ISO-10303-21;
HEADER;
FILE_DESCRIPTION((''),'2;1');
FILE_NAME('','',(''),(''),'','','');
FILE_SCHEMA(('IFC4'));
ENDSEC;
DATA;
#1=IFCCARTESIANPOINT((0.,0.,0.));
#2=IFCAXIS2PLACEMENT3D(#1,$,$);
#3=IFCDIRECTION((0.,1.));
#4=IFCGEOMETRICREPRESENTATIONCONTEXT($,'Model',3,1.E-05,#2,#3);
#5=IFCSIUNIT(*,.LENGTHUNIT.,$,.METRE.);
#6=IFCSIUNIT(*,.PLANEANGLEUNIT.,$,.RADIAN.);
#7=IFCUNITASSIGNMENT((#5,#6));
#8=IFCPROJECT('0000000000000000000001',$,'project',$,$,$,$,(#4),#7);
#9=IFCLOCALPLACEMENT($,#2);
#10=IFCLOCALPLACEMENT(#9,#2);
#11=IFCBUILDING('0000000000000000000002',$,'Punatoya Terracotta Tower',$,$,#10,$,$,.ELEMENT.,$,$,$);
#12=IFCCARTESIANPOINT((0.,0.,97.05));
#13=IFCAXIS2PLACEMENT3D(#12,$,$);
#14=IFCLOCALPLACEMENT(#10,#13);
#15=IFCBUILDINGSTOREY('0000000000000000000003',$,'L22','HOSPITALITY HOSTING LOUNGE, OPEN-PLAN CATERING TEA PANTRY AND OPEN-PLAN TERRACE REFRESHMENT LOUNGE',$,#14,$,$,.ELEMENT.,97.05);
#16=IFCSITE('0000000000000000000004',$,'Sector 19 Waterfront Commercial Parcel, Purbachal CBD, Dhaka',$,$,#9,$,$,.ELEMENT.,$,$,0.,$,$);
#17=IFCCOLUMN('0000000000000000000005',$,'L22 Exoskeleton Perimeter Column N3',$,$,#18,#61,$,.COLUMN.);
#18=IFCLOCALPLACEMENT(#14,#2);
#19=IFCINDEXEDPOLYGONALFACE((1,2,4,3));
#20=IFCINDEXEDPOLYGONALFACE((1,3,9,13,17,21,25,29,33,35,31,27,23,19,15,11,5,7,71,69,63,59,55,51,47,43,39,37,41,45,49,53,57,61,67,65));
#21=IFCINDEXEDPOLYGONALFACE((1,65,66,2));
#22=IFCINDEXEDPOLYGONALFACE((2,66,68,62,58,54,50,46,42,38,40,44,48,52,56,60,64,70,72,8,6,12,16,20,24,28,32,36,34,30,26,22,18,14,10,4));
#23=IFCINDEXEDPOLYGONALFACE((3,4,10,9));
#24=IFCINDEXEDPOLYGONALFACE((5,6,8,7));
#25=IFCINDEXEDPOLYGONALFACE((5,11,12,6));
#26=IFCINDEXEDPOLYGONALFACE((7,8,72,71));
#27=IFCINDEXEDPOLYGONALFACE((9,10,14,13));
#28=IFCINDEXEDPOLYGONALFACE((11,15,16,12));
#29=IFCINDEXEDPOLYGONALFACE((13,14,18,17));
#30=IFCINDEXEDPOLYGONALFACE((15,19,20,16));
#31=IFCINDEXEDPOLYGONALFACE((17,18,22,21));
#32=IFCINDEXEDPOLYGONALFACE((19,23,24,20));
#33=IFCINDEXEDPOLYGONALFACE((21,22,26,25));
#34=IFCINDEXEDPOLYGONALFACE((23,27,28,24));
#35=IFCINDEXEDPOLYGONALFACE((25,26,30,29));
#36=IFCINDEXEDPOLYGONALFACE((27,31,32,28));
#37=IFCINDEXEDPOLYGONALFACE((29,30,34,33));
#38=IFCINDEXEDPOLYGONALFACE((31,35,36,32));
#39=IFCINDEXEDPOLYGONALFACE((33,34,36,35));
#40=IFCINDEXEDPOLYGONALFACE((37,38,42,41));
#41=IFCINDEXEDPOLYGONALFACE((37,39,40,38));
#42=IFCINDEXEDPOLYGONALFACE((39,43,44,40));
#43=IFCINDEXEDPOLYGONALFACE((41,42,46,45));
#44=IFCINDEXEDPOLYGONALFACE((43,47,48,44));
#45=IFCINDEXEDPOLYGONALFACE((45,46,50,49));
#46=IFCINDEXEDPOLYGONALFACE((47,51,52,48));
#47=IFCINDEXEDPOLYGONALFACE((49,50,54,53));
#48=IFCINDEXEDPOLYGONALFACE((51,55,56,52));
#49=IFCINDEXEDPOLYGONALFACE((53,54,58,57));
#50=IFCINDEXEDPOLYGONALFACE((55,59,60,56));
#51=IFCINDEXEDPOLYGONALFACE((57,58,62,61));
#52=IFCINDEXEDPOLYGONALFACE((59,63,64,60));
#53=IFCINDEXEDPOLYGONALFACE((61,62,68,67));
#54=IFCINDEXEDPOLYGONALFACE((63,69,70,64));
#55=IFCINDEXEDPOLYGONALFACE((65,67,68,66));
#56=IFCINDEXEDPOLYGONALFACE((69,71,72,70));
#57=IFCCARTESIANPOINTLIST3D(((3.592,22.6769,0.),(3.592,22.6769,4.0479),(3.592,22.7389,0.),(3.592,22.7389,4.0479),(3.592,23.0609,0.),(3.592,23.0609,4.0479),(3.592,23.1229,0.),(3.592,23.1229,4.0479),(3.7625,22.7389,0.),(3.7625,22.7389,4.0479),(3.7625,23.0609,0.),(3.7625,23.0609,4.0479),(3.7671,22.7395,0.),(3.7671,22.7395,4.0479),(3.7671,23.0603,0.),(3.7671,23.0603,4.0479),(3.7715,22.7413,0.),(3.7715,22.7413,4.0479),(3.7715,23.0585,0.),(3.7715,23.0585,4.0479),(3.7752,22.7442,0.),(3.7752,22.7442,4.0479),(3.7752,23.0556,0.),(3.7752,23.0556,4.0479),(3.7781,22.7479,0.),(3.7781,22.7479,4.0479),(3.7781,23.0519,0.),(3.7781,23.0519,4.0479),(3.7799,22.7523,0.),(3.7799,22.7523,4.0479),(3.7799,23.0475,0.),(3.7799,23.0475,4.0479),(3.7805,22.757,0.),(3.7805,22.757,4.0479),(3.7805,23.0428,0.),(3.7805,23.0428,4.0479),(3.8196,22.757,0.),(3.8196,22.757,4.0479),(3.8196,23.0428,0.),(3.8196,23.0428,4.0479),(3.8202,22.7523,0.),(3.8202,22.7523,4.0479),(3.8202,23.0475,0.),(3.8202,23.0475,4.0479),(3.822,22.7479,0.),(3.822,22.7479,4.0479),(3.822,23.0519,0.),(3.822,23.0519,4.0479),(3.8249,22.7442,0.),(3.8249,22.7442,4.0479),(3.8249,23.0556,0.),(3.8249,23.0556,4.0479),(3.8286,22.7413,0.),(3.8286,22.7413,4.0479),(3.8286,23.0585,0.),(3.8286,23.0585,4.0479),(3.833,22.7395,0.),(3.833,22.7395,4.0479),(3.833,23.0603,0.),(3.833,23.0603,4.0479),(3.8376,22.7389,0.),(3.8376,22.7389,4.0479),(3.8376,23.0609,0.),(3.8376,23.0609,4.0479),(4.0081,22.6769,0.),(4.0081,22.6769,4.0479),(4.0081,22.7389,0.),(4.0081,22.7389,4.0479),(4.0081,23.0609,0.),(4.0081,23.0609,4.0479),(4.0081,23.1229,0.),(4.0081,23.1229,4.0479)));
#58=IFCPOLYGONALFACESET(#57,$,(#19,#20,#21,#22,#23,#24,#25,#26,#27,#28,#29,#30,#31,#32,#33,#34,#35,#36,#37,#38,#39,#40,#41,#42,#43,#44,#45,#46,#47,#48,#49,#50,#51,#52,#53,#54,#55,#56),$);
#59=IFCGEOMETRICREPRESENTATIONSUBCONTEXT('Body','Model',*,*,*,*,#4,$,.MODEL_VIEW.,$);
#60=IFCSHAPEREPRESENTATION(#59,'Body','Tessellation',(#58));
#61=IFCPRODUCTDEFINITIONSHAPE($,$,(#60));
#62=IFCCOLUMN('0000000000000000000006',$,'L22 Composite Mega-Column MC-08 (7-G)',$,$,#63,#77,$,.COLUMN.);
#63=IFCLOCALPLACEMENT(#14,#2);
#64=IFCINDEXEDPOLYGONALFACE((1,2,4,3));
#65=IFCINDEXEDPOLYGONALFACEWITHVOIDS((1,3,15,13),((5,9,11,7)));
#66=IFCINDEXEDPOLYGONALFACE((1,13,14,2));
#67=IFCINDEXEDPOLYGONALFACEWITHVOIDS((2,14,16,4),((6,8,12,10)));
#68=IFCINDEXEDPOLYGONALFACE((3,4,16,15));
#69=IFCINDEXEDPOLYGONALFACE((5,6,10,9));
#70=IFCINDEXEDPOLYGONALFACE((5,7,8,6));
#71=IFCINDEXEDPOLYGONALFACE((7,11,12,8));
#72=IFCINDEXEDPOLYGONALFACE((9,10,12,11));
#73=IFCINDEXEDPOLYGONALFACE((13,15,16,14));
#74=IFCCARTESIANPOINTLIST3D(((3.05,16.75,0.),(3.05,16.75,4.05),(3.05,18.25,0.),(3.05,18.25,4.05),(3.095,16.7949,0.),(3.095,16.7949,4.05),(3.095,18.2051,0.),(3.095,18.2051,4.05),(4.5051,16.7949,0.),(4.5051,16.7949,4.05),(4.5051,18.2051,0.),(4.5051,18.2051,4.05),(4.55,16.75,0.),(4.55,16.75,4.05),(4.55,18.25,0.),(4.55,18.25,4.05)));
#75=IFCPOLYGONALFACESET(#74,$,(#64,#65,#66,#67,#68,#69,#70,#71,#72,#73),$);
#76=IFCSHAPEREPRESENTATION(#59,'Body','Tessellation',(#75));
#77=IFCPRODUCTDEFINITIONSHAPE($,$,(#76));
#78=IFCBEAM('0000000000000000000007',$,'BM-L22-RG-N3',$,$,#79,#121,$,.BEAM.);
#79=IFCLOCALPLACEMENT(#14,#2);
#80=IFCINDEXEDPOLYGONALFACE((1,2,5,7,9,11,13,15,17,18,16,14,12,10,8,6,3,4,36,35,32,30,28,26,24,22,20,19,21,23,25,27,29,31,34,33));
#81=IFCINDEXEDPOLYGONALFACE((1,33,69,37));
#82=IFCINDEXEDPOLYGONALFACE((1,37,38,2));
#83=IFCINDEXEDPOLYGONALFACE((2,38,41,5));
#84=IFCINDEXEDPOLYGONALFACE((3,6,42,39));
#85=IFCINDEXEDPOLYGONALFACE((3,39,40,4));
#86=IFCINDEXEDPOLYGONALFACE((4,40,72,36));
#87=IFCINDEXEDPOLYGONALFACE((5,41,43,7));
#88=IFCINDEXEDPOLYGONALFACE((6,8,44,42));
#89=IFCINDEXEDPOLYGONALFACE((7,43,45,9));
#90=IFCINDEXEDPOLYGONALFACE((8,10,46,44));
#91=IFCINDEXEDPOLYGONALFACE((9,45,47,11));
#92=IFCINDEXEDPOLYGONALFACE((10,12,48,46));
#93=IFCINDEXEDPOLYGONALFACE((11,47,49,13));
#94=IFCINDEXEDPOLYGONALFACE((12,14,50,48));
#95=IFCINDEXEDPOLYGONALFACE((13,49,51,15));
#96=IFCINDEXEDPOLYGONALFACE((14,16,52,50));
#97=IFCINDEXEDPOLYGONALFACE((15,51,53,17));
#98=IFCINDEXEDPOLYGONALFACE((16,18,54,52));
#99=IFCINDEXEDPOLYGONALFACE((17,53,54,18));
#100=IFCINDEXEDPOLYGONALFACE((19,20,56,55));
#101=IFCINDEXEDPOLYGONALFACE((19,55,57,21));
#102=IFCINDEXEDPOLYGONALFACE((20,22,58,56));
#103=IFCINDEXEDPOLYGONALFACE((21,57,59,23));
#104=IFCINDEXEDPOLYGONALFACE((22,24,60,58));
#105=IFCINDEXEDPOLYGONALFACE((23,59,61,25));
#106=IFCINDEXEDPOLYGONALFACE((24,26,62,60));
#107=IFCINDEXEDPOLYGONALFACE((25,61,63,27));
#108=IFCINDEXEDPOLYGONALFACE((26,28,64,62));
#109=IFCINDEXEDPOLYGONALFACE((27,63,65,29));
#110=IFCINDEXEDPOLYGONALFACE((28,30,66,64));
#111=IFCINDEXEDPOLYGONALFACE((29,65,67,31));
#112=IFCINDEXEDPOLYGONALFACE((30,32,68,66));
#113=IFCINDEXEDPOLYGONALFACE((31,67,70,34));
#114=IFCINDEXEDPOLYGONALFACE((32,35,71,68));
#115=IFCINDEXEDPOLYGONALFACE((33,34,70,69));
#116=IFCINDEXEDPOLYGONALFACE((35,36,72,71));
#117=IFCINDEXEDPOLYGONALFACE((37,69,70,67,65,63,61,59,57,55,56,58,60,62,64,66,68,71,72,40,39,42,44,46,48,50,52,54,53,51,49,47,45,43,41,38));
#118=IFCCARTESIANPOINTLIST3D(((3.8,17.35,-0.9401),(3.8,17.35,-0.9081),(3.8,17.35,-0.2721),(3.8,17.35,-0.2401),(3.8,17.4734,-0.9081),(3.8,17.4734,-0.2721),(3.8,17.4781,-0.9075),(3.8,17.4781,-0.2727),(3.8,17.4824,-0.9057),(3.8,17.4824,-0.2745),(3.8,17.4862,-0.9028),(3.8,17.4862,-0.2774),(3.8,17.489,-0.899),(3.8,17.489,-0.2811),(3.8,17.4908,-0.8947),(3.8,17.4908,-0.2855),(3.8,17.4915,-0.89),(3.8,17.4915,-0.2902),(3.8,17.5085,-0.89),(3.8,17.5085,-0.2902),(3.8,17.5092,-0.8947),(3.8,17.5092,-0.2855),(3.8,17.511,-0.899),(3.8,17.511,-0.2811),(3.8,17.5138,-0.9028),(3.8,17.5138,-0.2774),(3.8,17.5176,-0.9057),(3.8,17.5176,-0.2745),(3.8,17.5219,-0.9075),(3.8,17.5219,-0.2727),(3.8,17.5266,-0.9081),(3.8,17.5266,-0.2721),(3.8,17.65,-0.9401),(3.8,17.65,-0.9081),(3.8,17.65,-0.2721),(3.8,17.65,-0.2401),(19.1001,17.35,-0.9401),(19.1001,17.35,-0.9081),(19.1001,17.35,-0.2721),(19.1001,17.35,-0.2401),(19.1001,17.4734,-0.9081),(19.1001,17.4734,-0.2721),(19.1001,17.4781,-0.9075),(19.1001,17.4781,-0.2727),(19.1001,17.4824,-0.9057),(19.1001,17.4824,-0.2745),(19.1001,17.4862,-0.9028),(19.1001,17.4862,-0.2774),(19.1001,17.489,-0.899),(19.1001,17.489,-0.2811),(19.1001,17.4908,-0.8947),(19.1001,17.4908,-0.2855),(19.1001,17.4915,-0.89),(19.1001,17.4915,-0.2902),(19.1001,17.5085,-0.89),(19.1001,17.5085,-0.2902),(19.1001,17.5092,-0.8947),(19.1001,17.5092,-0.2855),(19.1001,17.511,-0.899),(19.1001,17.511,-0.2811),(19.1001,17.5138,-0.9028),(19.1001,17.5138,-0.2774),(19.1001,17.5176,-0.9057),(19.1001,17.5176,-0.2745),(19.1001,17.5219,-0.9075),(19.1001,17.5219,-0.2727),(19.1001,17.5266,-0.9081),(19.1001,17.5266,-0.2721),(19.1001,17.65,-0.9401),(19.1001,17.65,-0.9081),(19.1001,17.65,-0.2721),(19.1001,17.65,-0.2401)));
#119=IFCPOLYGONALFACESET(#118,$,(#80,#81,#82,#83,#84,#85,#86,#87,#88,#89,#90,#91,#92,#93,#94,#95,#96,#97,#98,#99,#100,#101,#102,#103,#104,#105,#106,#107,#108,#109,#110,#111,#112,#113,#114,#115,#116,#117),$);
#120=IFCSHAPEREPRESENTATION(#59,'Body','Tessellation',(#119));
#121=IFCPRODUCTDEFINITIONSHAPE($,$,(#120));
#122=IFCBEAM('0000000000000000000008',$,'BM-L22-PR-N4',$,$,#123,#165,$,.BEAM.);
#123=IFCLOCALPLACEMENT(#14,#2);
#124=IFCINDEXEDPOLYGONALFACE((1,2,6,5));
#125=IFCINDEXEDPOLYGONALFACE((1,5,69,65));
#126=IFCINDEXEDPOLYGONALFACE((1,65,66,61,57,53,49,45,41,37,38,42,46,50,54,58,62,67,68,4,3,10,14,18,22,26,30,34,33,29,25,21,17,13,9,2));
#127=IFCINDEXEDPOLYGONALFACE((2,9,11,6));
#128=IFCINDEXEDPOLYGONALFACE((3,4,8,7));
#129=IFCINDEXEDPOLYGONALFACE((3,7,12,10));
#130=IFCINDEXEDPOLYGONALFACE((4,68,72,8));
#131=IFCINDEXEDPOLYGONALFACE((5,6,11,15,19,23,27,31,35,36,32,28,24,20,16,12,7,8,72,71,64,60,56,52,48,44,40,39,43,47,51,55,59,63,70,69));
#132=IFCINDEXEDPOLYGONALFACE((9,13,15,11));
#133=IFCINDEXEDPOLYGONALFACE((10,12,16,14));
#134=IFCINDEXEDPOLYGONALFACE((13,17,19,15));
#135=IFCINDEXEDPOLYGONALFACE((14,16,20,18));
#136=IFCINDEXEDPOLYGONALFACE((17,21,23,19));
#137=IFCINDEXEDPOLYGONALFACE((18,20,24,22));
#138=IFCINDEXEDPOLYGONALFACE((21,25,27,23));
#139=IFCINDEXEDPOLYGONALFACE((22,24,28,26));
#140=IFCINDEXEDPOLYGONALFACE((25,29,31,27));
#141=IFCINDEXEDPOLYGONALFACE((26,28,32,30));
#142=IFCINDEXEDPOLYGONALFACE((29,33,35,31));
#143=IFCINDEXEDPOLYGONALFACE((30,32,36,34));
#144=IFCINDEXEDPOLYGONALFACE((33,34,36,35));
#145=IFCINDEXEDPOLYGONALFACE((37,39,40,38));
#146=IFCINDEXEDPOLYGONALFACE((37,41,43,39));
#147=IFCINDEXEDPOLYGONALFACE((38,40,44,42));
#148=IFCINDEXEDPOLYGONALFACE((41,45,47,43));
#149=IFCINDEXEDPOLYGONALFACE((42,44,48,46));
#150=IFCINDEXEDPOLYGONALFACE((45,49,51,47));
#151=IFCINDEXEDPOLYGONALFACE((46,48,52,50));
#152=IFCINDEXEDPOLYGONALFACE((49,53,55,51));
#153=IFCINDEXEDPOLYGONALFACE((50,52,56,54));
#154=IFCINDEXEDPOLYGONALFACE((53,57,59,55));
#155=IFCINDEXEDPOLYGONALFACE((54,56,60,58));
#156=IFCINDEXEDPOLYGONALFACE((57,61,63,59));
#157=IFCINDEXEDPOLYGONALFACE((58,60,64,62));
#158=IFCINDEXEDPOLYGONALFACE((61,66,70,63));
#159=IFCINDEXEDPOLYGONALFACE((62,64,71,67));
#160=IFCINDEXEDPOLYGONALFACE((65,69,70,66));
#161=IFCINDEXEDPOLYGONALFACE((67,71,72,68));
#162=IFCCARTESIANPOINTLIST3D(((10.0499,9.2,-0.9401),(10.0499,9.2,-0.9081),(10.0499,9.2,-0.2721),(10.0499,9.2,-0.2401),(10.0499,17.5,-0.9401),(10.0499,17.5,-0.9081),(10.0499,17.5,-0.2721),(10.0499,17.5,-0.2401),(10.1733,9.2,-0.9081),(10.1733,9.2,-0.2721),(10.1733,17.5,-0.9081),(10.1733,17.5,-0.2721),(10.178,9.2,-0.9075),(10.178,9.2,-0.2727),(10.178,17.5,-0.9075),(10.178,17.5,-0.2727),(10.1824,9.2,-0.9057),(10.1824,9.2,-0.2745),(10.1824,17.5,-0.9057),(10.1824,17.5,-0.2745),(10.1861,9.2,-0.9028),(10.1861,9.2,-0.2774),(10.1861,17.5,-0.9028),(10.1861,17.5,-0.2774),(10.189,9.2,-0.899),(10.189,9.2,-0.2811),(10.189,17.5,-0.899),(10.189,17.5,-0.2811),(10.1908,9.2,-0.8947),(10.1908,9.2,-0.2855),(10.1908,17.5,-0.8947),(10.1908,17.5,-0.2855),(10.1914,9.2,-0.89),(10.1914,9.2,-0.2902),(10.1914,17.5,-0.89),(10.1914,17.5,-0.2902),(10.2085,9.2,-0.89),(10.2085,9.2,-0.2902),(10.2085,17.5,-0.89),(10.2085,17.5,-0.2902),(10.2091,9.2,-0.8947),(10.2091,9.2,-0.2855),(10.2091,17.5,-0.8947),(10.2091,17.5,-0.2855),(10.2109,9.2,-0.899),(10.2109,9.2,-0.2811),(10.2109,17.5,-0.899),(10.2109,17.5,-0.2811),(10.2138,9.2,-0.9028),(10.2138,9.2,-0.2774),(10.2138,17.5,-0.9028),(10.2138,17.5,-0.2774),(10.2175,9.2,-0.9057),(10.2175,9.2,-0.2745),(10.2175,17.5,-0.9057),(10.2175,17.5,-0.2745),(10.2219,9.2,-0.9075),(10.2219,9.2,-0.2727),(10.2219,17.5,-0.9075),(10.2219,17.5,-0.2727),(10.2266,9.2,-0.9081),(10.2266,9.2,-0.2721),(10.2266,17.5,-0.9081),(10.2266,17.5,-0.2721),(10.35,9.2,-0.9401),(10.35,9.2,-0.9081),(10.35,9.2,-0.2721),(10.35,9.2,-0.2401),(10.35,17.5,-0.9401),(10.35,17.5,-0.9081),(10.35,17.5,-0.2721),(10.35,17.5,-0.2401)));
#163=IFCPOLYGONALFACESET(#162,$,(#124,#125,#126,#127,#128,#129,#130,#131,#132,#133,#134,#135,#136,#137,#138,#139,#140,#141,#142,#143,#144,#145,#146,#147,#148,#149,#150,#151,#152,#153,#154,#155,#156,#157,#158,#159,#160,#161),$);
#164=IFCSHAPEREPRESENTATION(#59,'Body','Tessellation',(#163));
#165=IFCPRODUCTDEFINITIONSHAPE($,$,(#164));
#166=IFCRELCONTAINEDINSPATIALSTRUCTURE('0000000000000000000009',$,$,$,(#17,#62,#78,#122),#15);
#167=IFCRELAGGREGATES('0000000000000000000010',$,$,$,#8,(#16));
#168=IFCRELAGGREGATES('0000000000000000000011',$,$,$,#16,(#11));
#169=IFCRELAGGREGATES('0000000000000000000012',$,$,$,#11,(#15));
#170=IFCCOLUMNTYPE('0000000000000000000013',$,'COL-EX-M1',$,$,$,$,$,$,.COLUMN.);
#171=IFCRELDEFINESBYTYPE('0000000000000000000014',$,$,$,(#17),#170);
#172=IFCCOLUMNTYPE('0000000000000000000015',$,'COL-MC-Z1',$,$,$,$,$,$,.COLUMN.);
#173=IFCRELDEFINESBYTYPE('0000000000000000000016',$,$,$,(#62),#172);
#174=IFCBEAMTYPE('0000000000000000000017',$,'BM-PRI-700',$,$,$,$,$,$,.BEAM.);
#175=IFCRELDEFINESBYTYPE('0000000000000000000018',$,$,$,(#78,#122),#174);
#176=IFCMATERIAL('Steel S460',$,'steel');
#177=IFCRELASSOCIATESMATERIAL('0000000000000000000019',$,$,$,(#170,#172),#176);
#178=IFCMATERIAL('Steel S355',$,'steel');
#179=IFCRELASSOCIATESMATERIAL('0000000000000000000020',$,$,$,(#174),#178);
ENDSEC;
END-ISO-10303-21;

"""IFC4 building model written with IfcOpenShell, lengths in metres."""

from ifc_helpers import new_model, si_unit, direction, frame, origin, origin_2d, place, context, subcontext, project, spatial, hollow_rectangle, i_section, extrude, material, material_profile, profile_set, type_object, element, save


model = new_model("IFC4")

# Units and contexts
model_context = context("Model", 3, precision=1e-05, world=origin(), true_north=direction((0.0, 1.0)))
body_context = subcontext(model_context, "Body", "Model", "MODEL_VIEW")
ifc_project = project(units=[si_unit("LENGTHUNIT", "METRE"), si_unit("PLANEANGLEUNIT", "RADIAN")], contexts=[model_context])

# Site, building, storey
site_placement = place(None, origin())
site = spatial("IfcSite", under=ifc_project, at=site_placement, Name="Sector 19 Waterfront Commercial Parcel, Purbachal CBD, Dhaka", CompositionType="ELEMENT", RefElevation=0.0)
building_placement = place(site_placement, origin())
building = spatial("IfcBuilding", under=site, at=building_placement, Name="Punatoya Terracotta Tower", CompositionType="ELEMENT")
storey_placement = place(building_placement, frame((0.0, 0.0, 97.05)))
storey = spatial("IfcBuildingStorey", under=building, at=storey_placement, Name="L22", Description="HOSPITALITY HOSTING LOUNGE, OPEN-PLAN CATERING TEA PANTRY AND OPEN-PLAN TERRACE REFRESHMENT LOUNGE", CompositionType="ELEMENT", Elevation=97.05)

# Columns
ifc_material_1 = material(Name="Steel S460", Category="steel")
ifc_material_profile_1 = material_profile(ifc_material_1, i_section(OverallWidth=0.416, OverallDepth=0.446, WebThickness=0.0391, FlangeThickness=0.062, FilletRadius=0.0181, at=origin_2d()))
ifc_profile_set_1 = profile_set([ifc_material_profile_1], Name="Steel S460")
column_type_1 = type_object("IfcColumnType", Name="COL-EX-M1", PredefinedType="COLUMN", material=ifc_profile_set_1)
column_1_placement = place(storey_placement, frame((3.8, 22.8999, 0.0), z_axis=(0.0, 0.0, 1.0), x_axis=(1.0, 0.0, 0.0)))
element("IfcColumn", 1, at=column_1_placement, inside=storey, type_object=column_type_1, Name="L22 Exoskeleton Perimeter Column N3", PredefinedType="COLUMN", context=body_context, shape_type="SweptSolid", body=[
    extrude(i_section(OverallWidth=0.416, OverallDepth=0.446, WebThickness=0.0391, FlangeThickness=0.062, FilletRadius=0.0181, at=origin_2d()), origin(), (0.0, 0.0, 1.0), 4.0479),
])
ifc_material_profile_2 = material_profile(ifc_material_1, hollow_rectangle(XDim=1.5, YDim=1.5, WallThickness=0.0449, at=origin_2d()))
ifc_profile_set_2 = profile_set([ifc_material_profile_2], Name="Steel S460")
column_type_2 = type_object("IfcColumnType", Name="COL-MC-Z1", PredefinedType="COLUMN", material=ifc_profile_set_2)
column_2_placement = place(storey_placement, frame((3.8, 17.5, 0.0), z_axis=(0.0, 0.0, 1.0), x_axis=(1.0, 0.0, 0.0)))
element("IfcColumn", 2, at=column_2_placement, inside=storey, type_object=column_type_2, Name="L22 Composite Mega-Column MC-08 (7-G)", PredefinedType="COLUMN", context=body_context, shape_type="SweptSolid", body=[
    extrude(hollow_rectangle(XDim=1.5, YDim=1.5, WallThickness=0.0449, at=origin_2d()), origin(), (0.0, 0.0, 1.0), 4.05),
])

# Beams
ifc_material_2 = material(Name="Steel S355", Category="steel")
ifc_material_profile_3 = material_profile(ifc_material_2, i_section(OverallWidth=0.3, OverallDepth=0.7, WebThickness=0.0171, FlangeThickness=0.032, FilletRadius=0.0181, at=origin_2d()))
ifc_profile_set_3 = profile_set([ifc_material_profile_3], Name="Steel S355")
beam_type_1 = type_object("IfcBeamType", Name="BM-PRI-700", PredefinedType="BEAM", material=ifc_profile_set_3)
beam_1_placement = place(storey_placement, frame((3.8, 17.5, -0.5901), z_axis=(1.0, 0.0, 0.0), x_axis=(0.0, 1.0, 0.0)))
element("IfcBeam", 3, at=beam_1_placement, inside=storey, type_object=beam_type_1, Name="BM-L22-RG-N3", PredefinedType="BEAM", context=body_context, shape_type="SweptSolid", body=[
    extrude(i_section(OverallWidth=0.3, OverallDepth=0.7, WebThickness=0.0171, FlangeThickness=0.032, FilletRadius=0.0181, at=origin_2d()), origin(), (0.0, 0.0, 1.0), 15.3),
])
beam_2_placement = place(storey_placement, frame((10.2, 9.2, -0.5901), z_axis=(0.0, 1.0, 0.0), x_axis=(-1.0, 0.0, 0.0)))
element("IfcBeam", 4, at=beam_2_placement, inside=storey, type_object=beam_type_1, Name="BM-L22-PR-N4", PredefinedType="BEAM", context=body_context, shape_type="SweptSolid", body=[
    extrude(i_section(OverallWidth=0.3, OverallDepth=0.7, WebThickness=0.0171, FlangeThickness=0.032, FilletRadius=0.0181, at=origin_2d()), origin(), (0.0, 0.0, 1.0), 8.3),
])

save(model, "model.ifc")
